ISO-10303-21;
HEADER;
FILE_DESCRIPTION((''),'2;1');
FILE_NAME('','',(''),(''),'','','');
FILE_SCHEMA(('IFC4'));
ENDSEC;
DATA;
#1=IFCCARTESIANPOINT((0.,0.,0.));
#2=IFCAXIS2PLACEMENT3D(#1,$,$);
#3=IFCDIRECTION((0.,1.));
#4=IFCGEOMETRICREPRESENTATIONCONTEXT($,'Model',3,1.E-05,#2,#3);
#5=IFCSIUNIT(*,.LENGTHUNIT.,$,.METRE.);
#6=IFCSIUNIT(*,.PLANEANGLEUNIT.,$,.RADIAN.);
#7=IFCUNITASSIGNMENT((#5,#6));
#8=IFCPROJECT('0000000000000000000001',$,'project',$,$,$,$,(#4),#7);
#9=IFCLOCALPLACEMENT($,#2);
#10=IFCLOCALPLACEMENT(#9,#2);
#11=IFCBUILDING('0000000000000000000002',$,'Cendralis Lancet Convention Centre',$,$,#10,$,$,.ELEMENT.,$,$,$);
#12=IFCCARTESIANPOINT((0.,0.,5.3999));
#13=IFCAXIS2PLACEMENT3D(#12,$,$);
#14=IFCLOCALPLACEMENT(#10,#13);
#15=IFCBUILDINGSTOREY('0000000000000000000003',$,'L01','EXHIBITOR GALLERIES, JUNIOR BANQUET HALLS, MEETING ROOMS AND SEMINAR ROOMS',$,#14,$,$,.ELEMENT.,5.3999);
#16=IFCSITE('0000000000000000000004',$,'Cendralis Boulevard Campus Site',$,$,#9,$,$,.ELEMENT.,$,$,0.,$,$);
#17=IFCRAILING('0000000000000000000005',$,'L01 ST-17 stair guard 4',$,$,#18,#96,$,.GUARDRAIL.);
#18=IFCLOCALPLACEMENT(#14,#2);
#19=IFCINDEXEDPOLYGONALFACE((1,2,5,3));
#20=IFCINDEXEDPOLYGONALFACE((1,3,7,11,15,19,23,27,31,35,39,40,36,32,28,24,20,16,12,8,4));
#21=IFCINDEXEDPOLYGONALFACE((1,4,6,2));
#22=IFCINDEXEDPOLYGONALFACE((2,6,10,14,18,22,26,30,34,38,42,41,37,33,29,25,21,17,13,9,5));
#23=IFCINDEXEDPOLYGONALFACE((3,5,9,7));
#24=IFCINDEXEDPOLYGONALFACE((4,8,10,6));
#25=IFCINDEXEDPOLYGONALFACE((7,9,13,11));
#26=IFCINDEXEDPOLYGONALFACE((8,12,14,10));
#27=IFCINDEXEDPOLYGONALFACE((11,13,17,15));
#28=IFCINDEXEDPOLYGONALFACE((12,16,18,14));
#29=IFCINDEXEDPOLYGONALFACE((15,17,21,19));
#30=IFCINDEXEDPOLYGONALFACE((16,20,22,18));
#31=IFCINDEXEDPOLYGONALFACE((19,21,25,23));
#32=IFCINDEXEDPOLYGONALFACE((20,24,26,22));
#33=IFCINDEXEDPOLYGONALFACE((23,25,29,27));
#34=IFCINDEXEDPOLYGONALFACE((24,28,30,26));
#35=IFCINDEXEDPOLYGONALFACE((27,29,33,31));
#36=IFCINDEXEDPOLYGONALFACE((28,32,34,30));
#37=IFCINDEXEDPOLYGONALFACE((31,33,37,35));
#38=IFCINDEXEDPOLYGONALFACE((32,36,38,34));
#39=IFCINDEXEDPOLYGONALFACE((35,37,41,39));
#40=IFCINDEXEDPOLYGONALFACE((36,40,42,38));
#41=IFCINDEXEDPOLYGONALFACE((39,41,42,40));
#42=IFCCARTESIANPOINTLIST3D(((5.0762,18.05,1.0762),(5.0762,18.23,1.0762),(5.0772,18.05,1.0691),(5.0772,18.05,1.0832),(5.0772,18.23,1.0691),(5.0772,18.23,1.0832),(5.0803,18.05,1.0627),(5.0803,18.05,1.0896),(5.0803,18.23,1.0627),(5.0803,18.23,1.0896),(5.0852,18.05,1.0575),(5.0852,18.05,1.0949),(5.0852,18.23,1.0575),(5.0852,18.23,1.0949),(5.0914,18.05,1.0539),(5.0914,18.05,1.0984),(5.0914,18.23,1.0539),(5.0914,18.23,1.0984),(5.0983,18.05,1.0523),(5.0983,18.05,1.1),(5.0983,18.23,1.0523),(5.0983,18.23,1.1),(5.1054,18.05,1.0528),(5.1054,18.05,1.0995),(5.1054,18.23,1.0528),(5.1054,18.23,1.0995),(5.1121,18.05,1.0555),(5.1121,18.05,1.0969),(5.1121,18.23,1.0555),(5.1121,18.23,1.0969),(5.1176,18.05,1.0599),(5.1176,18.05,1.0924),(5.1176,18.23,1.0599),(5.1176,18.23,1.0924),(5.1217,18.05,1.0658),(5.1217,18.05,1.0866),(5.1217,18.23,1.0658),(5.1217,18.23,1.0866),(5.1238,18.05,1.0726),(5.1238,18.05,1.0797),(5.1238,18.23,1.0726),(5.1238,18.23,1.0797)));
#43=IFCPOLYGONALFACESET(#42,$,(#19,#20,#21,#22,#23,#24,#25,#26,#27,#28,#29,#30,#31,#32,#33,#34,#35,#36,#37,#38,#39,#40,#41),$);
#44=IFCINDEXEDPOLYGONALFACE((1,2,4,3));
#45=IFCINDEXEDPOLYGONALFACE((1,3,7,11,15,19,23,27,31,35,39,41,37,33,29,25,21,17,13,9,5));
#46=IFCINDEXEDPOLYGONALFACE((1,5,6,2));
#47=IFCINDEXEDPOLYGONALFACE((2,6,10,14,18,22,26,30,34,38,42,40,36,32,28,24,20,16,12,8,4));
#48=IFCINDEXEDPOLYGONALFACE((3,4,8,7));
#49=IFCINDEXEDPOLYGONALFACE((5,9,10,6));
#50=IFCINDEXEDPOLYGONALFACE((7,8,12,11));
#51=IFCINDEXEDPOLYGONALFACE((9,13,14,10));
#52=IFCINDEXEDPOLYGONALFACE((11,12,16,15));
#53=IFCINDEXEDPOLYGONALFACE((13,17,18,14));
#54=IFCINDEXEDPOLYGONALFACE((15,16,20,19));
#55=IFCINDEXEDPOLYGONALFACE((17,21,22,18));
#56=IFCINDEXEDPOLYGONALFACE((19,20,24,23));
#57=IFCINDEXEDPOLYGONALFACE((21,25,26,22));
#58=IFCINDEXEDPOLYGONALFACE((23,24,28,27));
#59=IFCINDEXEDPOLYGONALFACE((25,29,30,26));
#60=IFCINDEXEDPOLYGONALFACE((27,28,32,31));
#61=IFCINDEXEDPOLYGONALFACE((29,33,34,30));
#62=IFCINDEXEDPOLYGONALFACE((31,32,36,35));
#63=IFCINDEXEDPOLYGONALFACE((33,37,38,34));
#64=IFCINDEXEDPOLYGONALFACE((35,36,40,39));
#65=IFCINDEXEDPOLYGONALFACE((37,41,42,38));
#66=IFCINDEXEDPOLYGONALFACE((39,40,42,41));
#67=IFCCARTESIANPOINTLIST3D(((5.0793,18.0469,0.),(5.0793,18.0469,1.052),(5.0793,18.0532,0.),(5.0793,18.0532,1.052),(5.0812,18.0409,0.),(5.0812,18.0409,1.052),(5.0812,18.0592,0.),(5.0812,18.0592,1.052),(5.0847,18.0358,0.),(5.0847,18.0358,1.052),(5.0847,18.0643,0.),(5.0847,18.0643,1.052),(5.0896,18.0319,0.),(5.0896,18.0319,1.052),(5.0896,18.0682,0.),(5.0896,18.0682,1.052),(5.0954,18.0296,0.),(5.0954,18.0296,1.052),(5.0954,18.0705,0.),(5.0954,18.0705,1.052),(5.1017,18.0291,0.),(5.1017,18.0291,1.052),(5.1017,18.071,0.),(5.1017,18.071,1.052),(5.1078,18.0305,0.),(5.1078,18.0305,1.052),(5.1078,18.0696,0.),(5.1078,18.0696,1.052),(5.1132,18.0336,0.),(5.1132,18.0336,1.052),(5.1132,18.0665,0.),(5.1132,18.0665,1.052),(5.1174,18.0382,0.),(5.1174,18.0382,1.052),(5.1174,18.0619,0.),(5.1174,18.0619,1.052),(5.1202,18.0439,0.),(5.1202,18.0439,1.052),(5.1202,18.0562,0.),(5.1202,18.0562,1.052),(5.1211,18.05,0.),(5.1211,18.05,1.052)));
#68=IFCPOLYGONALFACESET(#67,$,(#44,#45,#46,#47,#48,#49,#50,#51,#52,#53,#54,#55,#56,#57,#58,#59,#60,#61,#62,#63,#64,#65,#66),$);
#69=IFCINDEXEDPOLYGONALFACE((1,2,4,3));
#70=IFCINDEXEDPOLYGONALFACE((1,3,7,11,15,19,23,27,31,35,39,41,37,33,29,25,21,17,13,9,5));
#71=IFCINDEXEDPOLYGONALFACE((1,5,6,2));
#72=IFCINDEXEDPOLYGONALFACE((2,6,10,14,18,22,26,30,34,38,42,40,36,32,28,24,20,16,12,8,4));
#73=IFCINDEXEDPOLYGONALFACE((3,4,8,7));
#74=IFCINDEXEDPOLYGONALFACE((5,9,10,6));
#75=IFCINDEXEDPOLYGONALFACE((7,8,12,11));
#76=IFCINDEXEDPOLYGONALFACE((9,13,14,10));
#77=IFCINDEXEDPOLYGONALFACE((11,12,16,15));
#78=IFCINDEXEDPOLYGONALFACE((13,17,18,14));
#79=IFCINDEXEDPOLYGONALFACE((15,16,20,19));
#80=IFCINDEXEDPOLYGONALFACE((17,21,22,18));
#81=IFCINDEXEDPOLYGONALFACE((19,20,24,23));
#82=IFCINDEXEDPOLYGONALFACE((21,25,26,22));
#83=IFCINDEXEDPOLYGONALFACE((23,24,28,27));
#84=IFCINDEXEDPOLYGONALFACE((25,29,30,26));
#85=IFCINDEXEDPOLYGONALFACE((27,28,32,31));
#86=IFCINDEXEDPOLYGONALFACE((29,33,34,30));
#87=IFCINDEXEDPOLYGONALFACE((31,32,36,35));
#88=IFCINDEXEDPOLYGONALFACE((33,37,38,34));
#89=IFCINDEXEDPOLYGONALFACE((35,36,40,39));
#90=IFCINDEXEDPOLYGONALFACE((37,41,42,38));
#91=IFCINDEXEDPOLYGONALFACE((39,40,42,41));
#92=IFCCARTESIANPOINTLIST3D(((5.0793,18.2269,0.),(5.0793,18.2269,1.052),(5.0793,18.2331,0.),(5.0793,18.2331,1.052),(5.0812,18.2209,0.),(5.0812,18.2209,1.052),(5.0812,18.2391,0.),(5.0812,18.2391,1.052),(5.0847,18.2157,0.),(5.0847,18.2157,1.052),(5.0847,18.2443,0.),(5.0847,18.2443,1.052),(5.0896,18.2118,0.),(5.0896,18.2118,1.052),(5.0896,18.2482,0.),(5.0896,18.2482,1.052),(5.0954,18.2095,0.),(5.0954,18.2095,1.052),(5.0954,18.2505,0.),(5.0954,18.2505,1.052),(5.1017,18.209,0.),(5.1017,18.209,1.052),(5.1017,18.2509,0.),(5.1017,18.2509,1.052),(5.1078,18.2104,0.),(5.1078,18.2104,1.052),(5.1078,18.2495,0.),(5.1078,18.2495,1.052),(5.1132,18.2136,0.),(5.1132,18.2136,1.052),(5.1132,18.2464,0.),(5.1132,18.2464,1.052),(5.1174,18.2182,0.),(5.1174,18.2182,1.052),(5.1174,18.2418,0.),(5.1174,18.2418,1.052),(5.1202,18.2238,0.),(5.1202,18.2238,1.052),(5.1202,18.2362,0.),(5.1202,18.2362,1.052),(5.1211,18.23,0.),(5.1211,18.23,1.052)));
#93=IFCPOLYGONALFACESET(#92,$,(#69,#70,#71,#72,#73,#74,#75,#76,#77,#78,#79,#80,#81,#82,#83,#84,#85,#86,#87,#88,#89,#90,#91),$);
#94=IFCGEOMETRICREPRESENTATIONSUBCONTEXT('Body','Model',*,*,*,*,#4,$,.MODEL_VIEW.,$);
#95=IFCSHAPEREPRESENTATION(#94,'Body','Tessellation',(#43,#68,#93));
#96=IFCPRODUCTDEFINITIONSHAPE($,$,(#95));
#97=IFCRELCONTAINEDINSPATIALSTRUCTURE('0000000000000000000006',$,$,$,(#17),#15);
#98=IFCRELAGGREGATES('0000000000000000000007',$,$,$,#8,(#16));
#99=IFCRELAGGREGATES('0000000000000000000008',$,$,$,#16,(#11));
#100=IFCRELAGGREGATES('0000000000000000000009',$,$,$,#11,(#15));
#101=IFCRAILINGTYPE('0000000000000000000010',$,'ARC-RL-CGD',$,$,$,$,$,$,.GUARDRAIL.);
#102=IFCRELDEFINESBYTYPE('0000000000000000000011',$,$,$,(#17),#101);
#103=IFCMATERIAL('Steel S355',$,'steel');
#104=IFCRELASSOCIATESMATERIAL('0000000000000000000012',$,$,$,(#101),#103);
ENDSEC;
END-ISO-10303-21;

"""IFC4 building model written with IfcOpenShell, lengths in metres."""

from ifc_helpers import new_model, si_unit, direction, frame, origin, origin_2d, place, context, subcontext, project, spatial, circle, extrude, material, type_object, element, save


model = new_model("IFC4")

# Units and contexts
model_context = context("Model", 3, precision=1e-05, world=origin(), true_north=direction((0.0, 1.0)))
body_context = subcontext(model_context, "Body", "Model", "MODEL_VIEW")
ifc_project = project(units=[si_unit("LENGTHUNIT", "METRE"), si_unit("PLANEANGLEUNIT", "RADIAN")], contexts=[model_context])

# Site, building, storey
site_placement = place(None, origin())
site = spatial("IfcSite", under=ifc_project, at=site_placement, Name="Cendralis Boulevard Campus Site", CompositionType="ELEMENT", RefElevation=0.0)
building_placement = place(site_placement, origin())
building = spatial("IfcBuilding", under=site, at=building_placement, Name="Cendralis Lancet Convention Centre", CompositionType="ELEMENT")
storey_placement = place(building_placement, frame((0.0, 0.0, 5.3999)))
storey = spatial("IfcBuildingStorey", under=building, at=storey_placement, Name="L01", Description="EXHIBITOR GALLERIES, JUNIOR BANQUET HALLS, MEETING ROOMS AND SEMINAR ROOMS", CompositionType="ELEMENT", Elevation=5.3999)

# Shared definitions
ifc_material_1 = material(Name="Steel S355", Category="steel")

# Railing
railing_type_1 = type_object("IfcRailingType", Name="ARC-RL-CGD", PredefinedType="GUARDRAIL", material=ifc_material_1)
railing_1_placement = place(storey_placement, frame((5.1001, 18.05, 0.0)))
element("IfcRailing", 1, at=railing_1_placement, inside=storey, type_object=railing_type_1, Name="L01 ST-17 stair guard 4", PredefinedType="GUARDRAIL", context=body_context, shape_type="SweptSolid", body=[
    extrude(circle(Radius=0.0239, at=origin_2d()), frame((0.0, 0.0, 1.0762), z_axis=(0.0, 1.0, 0.0), x_axis=(-1.0, 0.0, 0.0)), (0.0, 0.0, 1.0), 0.1799),
    extrude(circle(Radius=0.021, at=origin_2d()), origin(), (0.0, 0.0, 1.0), 1.052),
    extrude(circle(Radius=0.021, at=origin_2d()), frame((0.0, 0.1799, 0.0)), (0.0, 0.0, 1.0), 1.052),
])

save(model, "model.ifc")
